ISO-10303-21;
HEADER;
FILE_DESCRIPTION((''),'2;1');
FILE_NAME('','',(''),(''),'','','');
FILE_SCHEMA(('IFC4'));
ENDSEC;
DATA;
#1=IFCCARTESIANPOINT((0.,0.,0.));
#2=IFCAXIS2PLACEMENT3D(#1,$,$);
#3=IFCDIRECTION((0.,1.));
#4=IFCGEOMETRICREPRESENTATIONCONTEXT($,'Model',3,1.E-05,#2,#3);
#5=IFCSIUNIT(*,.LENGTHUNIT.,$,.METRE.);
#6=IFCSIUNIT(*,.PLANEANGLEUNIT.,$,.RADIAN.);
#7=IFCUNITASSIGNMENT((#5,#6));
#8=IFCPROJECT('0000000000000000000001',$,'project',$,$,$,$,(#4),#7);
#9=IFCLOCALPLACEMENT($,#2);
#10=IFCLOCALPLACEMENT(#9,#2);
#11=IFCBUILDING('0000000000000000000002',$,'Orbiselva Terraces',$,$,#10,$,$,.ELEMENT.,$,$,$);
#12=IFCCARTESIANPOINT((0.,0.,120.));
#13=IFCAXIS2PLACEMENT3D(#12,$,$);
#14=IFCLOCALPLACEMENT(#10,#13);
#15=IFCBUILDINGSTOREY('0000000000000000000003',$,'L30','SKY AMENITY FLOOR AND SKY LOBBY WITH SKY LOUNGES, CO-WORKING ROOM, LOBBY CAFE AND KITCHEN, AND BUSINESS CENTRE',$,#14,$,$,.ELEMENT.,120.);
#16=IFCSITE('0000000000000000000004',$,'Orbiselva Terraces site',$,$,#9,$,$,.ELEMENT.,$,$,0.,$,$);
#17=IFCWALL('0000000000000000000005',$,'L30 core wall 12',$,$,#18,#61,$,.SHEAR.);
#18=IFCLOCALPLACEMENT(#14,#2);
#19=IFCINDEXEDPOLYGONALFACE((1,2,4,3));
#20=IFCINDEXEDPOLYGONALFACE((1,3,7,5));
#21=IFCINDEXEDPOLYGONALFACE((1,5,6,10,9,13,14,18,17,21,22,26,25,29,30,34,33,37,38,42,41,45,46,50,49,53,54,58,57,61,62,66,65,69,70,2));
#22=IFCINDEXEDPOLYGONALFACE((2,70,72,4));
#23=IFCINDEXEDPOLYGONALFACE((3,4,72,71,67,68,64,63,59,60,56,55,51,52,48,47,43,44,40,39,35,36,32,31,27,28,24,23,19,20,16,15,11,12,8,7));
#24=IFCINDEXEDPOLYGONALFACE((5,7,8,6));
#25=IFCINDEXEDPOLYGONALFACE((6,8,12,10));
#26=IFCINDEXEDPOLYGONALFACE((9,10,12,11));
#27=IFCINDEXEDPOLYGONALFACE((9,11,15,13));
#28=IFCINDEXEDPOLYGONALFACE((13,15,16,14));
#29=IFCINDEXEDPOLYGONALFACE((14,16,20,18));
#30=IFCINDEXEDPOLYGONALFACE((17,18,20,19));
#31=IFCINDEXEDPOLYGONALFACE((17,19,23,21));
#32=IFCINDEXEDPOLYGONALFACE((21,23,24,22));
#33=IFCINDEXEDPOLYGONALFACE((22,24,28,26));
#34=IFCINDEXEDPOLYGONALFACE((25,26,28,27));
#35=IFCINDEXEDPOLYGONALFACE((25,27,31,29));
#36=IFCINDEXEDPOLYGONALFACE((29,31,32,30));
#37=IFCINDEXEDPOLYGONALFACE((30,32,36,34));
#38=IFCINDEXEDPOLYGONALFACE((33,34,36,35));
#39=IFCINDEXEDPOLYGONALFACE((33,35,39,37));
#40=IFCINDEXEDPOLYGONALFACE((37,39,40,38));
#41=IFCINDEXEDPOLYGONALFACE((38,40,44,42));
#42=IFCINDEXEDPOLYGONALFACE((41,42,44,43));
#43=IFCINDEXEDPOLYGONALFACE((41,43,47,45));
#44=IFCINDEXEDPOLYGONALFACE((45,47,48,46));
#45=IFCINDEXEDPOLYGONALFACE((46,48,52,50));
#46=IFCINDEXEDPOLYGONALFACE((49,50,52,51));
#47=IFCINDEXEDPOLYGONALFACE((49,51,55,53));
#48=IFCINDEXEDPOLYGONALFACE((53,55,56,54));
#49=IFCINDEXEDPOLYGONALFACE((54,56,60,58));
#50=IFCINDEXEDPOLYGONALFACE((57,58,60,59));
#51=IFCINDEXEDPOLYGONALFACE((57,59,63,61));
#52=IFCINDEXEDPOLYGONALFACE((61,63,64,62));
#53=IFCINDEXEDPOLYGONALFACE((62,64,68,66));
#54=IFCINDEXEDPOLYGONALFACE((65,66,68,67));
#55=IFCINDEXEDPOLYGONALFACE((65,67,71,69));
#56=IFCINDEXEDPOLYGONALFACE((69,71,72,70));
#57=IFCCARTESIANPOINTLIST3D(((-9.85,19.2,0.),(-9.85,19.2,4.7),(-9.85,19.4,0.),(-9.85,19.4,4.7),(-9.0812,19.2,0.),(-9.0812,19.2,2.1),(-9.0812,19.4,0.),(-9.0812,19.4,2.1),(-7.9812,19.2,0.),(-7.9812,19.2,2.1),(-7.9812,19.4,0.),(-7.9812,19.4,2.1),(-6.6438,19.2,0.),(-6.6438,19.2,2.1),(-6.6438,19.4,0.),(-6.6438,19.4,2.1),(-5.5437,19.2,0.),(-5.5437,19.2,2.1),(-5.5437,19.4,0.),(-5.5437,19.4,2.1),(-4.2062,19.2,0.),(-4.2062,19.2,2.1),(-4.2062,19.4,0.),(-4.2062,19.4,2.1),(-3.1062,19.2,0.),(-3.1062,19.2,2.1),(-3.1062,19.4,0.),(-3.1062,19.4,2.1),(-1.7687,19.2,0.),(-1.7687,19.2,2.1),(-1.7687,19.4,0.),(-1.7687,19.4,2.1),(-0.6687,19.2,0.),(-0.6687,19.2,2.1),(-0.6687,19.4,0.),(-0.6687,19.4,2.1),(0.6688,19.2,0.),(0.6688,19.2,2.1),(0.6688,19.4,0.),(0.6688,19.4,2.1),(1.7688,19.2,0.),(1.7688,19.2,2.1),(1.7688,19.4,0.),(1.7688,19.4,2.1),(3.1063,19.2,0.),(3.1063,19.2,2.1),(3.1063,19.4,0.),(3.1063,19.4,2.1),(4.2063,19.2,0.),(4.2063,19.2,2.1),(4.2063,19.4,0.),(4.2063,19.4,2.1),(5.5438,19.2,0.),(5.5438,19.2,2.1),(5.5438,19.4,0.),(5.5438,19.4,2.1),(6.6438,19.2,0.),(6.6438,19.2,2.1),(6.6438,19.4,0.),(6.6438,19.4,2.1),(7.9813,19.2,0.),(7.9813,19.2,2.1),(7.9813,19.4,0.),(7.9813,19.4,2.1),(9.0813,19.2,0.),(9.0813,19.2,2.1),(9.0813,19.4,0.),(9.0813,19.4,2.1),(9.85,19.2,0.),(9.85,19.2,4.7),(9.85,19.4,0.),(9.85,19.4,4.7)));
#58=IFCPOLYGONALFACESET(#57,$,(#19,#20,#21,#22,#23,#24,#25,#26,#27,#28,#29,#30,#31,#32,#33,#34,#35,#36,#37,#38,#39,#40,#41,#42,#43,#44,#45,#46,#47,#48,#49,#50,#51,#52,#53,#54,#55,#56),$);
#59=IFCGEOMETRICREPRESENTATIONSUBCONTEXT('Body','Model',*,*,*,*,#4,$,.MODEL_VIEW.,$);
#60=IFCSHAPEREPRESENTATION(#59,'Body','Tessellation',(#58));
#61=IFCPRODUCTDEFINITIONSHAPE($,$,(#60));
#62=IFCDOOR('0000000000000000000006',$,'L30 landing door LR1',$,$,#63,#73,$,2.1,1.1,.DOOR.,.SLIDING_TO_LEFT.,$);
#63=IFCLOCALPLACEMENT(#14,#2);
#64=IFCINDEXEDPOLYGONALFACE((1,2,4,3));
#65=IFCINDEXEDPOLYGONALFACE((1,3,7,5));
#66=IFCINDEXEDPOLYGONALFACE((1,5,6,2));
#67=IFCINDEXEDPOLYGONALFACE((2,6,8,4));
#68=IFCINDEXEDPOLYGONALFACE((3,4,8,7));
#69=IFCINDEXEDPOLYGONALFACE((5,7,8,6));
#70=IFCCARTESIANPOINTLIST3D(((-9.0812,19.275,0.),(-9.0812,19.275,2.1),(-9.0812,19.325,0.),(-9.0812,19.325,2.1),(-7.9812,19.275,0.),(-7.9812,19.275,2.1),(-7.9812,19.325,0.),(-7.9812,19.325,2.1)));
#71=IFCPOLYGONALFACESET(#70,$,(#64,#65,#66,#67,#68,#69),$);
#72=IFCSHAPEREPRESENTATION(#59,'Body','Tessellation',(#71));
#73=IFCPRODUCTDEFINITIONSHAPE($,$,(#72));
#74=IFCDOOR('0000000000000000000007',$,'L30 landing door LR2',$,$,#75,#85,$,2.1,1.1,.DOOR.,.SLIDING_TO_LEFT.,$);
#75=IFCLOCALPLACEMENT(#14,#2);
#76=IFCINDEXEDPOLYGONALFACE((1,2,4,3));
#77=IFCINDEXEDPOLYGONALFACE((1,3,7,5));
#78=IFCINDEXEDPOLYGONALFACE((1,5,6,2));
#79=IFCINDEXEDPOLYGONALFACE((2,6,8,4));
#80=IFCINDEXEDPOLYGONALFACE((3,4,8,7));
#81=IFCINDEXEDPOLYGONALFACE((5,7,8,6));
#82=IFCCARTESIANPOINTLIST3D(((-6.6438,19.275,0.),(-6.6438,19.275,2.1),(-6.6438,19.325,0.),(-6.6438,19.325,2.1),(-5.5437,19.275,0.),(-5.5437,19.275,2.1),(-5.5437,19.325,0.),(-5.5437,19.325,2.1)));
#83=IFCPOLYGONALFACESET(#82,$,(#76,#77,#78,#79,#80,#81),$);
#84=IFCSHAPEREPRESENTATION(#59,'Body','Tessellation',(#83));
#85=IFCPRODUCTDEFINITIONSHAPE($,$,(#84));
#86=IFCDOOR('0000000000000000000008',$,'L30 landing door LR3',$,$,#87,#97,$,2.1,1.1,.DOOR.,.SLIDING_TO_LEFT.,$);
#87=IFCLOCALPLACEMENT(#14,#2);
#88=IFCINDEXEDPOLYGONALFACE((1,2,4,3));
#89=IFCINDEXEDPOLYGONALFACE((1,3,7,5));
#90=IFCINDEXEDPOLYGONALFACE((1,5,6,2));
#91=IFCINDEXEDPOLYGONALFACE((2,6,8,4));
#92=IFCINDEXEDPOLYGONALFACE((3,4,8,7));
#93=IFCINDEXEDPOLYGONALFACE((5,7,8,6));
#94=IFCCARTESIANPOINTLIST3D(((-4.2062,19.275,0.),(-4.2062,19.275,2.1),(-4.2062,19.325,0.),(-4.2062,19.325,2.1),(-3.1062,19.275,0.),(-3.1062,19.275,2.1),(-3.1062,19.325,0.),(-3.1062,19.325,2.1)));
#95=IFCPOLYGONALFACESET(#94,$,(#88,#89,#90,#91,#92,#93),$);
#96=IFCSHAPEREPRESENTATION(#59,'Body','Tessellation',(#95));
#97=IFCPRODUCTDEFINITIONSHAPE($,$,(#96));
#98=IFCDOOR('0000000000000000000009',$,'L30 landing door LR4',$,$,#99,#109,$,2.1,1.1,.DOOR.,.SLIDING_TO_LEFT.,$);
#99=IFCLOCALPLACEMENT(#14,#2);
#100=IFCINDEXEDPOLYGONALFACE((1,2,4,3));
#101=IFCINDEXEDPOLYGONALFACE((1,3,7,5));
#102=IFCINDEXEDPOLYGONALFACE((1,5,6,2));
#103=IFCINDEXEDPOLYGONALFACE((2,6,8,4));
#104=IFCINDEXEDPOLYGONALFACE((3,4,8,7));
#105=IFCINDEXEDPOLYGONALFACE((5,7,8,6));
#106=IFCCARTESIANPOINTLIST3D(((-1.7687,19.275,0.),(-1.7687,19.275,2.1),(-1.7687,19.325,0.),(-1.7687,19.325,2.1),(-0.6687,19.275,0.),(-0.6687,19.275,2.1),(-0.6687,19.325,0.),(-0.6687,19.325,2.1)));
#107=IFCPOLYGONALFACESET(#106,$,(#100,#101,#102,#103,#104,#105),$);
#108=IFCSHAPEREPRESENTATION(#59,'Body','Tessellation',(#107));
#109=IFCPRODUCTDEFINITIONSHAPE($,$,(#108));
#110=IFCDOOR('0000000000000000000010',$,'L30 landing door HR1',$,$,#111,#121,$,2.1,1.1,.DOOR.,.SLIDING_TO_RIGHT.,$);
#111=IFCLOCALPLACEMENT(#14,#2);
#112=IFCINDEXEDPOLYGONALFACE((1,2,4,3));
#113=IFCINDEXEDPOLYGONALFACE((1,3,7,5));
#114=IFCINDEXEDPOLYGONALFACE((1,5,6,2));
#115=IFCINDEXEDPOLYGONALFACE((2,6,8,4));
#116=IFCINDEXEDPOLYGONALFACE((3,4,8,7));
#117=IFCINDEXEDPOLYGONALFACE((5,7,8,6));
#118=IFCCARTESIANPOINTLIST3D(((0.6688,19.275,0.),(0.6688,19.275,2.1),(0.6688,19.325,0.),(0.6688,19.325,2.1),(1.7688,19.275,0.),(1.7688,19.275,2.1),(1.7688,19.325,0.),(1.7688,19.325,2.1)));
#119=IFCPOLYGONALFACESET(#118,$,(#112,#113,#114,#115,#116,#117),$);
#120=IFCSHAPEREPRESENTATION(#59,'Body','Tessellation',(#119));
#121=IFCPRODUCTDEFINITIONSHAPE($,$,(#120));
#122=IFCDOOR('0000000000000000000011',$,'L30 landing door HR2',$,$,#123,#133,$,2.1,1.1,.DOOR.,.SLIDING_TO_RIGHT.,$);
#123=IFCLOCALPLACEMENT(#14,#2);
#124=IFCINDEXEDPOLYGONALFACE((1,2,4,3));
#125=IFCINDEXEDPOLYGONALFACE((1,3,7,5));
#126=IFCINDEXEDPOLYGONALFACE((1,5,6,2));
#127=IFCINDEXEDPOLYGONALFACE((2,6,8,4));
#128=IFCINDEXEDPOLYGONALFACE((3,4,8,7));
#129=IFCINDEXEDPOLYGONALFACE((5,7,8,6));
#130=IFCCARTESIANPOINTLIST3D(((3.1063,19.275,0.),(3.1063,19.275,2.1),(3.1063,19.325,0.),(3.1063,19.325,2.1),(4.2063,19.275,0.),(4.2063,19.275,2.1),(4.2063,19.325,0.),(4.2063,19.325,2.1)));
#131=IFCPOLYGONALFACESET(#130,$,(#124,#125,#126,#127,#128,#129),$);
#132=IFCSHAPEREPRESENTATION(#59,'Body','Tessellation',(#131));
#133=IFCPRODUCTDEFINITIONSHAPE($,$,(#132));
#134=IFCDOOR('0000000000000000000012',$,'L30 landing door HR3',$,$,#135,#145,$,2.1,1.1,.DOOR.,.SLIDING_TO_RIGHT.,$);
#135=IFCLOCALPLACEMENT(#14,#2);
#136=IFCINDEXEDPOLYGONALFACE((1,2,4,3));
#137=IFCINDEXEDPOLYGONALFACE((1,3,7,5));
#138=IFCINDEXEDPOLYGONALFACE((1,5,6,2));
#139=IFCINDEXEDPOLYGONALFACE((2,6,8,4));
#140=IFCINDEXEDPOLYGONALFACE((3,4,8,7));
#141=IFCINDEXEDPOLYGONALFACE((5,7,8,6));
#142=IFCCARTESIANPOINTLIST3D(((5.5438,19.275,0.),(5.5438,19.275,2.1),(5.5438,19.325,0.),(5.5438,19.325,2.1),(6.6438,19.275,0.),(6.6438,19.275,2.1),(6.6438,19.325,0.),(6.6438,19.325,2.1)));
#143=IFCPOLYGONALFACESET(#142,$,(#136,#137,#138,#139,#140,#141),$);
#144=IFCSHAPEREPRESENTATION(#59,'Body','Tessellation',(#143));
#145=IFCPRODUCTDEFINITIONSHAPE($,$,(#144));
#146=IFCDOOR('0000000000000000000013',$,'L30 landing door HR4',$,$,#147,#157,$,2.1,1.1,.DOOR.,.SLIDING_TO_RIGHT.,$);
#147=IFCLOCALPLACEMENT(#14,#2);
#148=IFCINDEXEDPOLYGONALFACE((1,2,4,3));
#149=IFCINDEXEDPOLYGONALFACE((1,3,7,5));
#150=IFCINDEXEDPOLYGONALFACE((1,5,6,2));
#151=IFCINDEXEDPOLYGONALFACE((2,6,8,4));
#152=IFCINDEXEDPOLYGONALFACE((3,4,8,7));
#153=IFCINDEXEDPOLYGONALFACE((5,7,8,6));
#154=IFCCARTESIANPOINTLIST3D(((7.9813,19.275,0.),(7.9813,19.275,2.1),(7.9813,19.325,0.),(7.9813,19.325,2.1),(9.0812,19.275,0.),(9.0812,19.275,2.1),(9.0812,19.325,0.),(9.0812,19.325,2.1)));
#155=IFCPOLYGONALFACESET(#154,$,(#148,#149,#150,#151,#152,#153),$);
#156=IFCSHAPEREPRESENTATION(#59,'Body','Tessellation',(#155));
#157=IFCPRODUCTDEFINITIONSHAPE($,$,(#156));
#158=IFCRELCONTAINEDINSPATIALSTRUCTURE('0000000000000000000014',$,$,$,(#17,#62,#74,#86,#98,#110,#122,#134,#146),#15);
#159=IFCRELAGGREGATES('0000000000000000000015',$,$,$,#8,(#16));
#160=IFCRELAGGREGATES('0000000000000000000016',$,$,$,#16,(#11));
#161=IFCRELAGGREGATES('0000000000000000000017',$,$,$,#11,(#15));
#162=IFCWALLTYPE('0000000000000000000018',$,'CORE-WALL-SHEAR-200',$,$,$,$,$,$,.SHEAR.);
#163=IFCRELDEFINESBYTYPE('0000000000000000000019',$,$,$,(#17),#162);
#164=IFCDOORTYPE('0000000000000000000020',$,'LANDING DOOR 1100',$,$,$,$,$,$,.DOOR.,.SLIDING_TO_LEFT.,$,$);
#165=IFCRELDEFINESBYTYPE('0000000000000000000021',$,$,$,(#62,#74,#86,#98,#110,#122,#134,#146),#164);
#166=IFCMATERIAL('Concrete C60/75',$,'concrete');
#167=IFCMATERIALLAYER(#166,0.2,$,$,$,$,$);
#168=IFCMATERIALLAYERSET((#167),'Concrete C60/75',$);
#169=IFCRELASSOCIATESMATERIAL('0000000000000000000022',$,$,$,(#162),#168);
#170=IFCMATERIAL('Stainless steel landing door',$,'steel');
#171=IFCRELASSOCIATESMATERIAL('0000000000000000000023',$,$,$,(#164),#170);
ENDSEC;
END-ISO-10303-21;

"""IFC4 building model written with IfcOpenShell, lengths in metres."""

from ifc_helpers import new_model, si_unit, direction, frame, frame_2d, origin, place, context, subcontext, project, spatial, rectangle, extrude, material, layer, layer_set, type_object, element, fill, save


model = new_model("IFC4")

# Units and contexts
model_context = context("Model", 3, precision=1e-05, world=origin(), true_north=direction((0.0, 1.0)))
body_context = subcontext(model_context, "Body", "Model", "MODEL_VIEW")
ifc_project = project(units=[si_unit("LENGTHUNIT", "METRE"), si_unit("PLANEANGLEUNIT", "RADIAN")], contexts=[model_context])

# Site, building, storey
site_placement = place(None, origin())
site = spatial("IfcSite", under=ifc_project, at=site_placement, Name="Orbiselva Terraces site", CompositionType="ELEMENT", RefElevation=0.0)
building_placement = place(site_placement, origin())
building = spatial("IfcBuilding", under=site, at=building_placement, Name="Orbiselva Terraces", CompositionType="ELEMENT")
storey_placement = place(building_placement, frame((0.0, 0.0, 120.0)))
storey = spatial("IfcBuildingStorey", under=building, at=storey_placement, Name="L30", Description="SKY AMENITY FLOOR AND SKY LOBBY WITH SKY LOUNGES, CO-WORKING ROOM, LOBBY CAFE AND KITCHEN, AND BUSINESS CENTRE", CompositionType="ELEMENT", Elevation=120.0)

# Shared definitions
ifc_material_1 = material(Name="Concrete C60/75", Category="concrete")
ifc_layer_1 = layer(ifc_material_1, 0.2)
ifc_layer_set_1 = layer_set([ifc_layer_1], Name="Concrete C60/75")
wall_type_1 = type_object("IfcWallType", Name="CORE-WALL-SHEAR-200", PredefinedType="SHEAR", material=ifc_layer_set_1)

# Wall, openings, doors
wall_1_placement = place(storey_placement, frame((-9.85, 19.3, 0.0), z_axis=(0.0, 0.0, 1.0), x_axis=(1.0, 0.0, 0.0)))
wall_1 = element("IfcWall", 1, at=wall_1_placement, inside=storey, type_object=wall_type_1, Name="L30 core wall 12", PredefinedType="SHEAR", context=body_context, shape_type="SweptSolid", body=[
    extrude(rectangle(XDim=19.7, YDim=0.2, at=frame_2d((9.85, 0.0))), origin(), (0.0, 0.0, 1.0), 4.7),
])
opening_1_placement = place(wall_1_placement, frame((0.7688, 0.0, 0.0)))
opening_1 = element("IfcOpeningElement", 2, at=opening_1_placement, cuts=wall_1, PredefinedType="OPENING", context=body_context, shape_type="SweptSolid", body=[
    extrude(rectangle(XDim=1.1, YDim=2.1, at=frame_2d((0.55, 1.05))), frame((0.0, 0.11, 0.0), z_axis=(0.0, -1.0, 0.0), x_axis=(1.0, 0.0, 0.0)), (0.0, 0.0, 1.0), 0.22),
])
opening_2_placement = place(wall_1_placement, frame((3.2062, 0.0, 0.0)))
opening_2 = element("IfcOpeningElement", 3, at=opening_2_placement, cuts=wall_1, PredefinedType="OPENING", context=body_context, shape_type="SweptSolid", body=[
    extrude(rectangle(XDim=1.1, YDim=2.1, at=frame_2d((0.55, 1.05))), frame((0.0, 0.11, 0.0), z_axis=(0.0, -1.0, 0.0), x_axis=(1.0, 0.0, 0.0)), (0.0, 0.0, 1.0), 0.22),
])
opening_3_placement = place(wall_1_placement, frame((5.6437, 0.0, 0.0)))
opening_3 = element("IfcOpeningElement", 4, at=opening_3_placement, cuts=wall_1, PredefinedType="OPENING", context=body_context, shape_type="SweptSolid", body=[
    extrude(rectangle(XDim=1.1, YDim=2.1, at=frame_2d((0.55, 1.05))), frame((0.0, 0.11, 0.0), z_axis=(0.0, -1.0, 0.0), x_axis=(1.0, 0.0, 0.0)), (0.0, 0.0, 1.0), 0.22),
])
opening_4_placement = place(wall_1_placement, frame((8.0813, 0.0, 0.0)))
opening_4 = element("IfcOpeningElement", 5, at=opening_4_placement, cuts=wall_1, PredefinedType="OPENING", context=body_context, shape_type="SweptSolid", body=[
    extrude(rectangle(XDim=1.1, YDim=2.1, at=frame_2d((0.55, 1.05))), frame((0.0, 0.11, 0.0), z_axis=(0.0, -1.0, 0.0), x_axis=(1.0, 0.0, 0.0)), (0.0, 0.0, 1.0), 0.22),
])
opening_5_placement = place(wall_1_placement, frame((10.5188, 0.0, 0.0)))
opening_5 = element("IfcOpeningElement", 6, at=opening_5_placement, cuts=wall_1, PredefinedType="OPENING", context=body_context, shape_type="SweptSolid", body=[
    extrude(rectangle(XDim=1.1, YDim=2.1, at=frame_2d((0.55, 1.05))), frame((0.0, 0.11, 0.0), z_axis=(0.0, -1.0, 0.0), x_axis=(1.0, 0.0, 0.0)), (0.0, 0.0, 1.0), 0.22),
])
opening_6_placement = place(wall_1_placement, frame((12.9563, 0.0, 0.0)))
opening_6 = element("IfcOpeningElement", 7, at=opening_6_placement, cuts=wall_1, PredefinedType="OPENING", context=body_context, shape_type="SweptSolid", body=[
    extrude(rectangle(XDim=1.1, YDim=2.1, at=frame_2d((0.55, 1.05))), frame((0.0, 0.11, 0.0), z_axis=(0.0, -1.0, 0.0), x_axis=(1.0, 0.0, 0.0)), (0.0, 0.0, 1.0), 0.22),
])
opening_7_placement = place(wall_1_placement, frame((15.3938, 0.0, 0.0)))
opening_7 = element("IfcOpeningElement", 8, at=opening_7_placement, cuts=wall_1, PredefinedType="OPENING", context=body_context, shape_type="SweptSolid", body=[
    extrude(rectangle(XDim=1.1, YDim=2.1, at=frame_2d((0.55, 1.05))), frame((0.0, 0.11, 0.0), z_axis=(0.0, -1.0, 0.0), x_axis=(1.0, 0.0, 0.0)), (0.0, 0.0, 1.0), 0.22),
])
opening_8_placement = place(wall_1_placement, frame((17.8313, 0.0, 0.0)))
opening_8 = element("IfcOpeningElement", 9, at=opening_8_placement, cuts=wall_1, PredefinedType="OPENING", context=body_context, shape_type="SweptSolid", body=[
    extrude(rectangle(XDim=1.1, YDim=2.1, at=frame_2d((0.55, 1.05))), frame((0.0, 0.11, 0.0), z_axis=(0.0, -1.0, 0.0), x_axis=(1.0, 0.0, 0.0)), (0.0, 0.0, 1.0), 0.22),
])
ifc_material_2 = material(Name="Stainless steel landing door", Category="steel")
door_type_1 = type_object("IfcDoorType", Name="LANDING DOOR 1100", OperationType="SLIDING_TO_LEFT", PredefinedType="DOOR", material=ifc_material_2)
door_1_placement = place(opening_1_placement, origin())
door_1 = element("IfcDoor", 10, at=door_1_placement, inside=storey, type_object=door_type_1, Name="L30 landing door LR1", OperationType="SLIDING_TO_LEFT", OverallHeight=2.1, OverallWidth=1.1, PredefinedType="DOOR", context=body_context, shape_type="SweptSolid", body=[
    extrude(rectangle(XDim=1.1, YDim=2.1, at=frame_2d((0.55, 1.05))), frame((0.0, 0.025, 0.0), z_axis=(0.0, -1.0, 0.0), x_axis=(1.0, 0.0, 0.0)), (0.0, 0.0, 1.0), 0.05),
])
fill(opening_1, door_1)
door_2_placement = place(opening_2_placement, origin())
door_2 = element("IfcDoor", 11, at=door_2_placement, inside=storey, type_object=door_type_1, Name="L30 landing door LR2", OperationType="SLIDING_TO_LEFT", OverallHeight=2.1, OverallWidth=1.1, PredefinedType="DOOR", context=body_context, shape_type="SweptSolid", body=[
    extrude(rectangle(XDim=1.1, YDim=2.1, at=frame_2d((0.55, 1.05))), frame((0.0, 0.025, 0.0), z_axis=(0.0, -1.0, 0.0), x_axis=(1.0, 0.0, 0.0)), (0.0, 0.0, 1.0), 0.05),
])
fill(opening_2, door_2)
door_3_placement = place(opening_3_placement, origin())
door_3 = element("IfcDoor", 12, at=door_3_placement, inside=storey, type_object=door_type_1, Name="L30 landing door LR3", OperationType="SLIDING_TO_LEFT", OverallHeight=2.1, OverallWidth=1.1, PredefinedType="DOOR", context=body_context, shape_type="SweptSolid", body=[
    extrude(rectangle(XDim=1.1, YDim=2.1, at=frame_2d((0.55, 1.05))), frame((0.0, 0.025, 0.0), z_axis=(0.0, -1.0, 0.0), x_axis=(1.0, 0.0, 0.0)), (0.0, 0.0, 1.0), 0.05),
])
fill(opening_3, door_3)
door_4_placement = place(opening_4_placement, origin())
door_4 = element("IfcDoor", 13, at=door_4_placement, inside=storey, type_object=door_type_1, Name="L30 landing door LR4", OperationType="SLIDING_TO_LEFT", OverallHeight=2.1, OverallWidth=1.1, PredefinedType="DOOR", context=body_context, shape_type="SweptSolid", body=[
    extrude(rectangle(XDim=1.1, YDim=2.1, at=frame_2d((0.55, 1.05))), frame((0.0, 0.025, 0.0), z_axis=(0.0, -1.0, 0.0), x_axis=(1.0, 0.0, 0.0)), (0.0, 0.0, 1.0), 0.05),
])
fill(opening_4, door_4)
door_5_placement = place(opening_5_placement, origin())
door_5 = element("IfcDoor", 14, at=door_5_placement, inside=storey, type_object=door_type_1, Name="L30 landing door HR1", OperationType="SLIDING_TO_RIGHT", OverallHeight=2.1, OverallWidth=1.1, PredefinedType="DOOR", context=body_context, shape_type="SweptSolid", body=[
    extrude(rectangle(XDim=1.1, YDim=2.1, at=frame_2d((0.55, 1.05))), frame((0.0, 0.025, 0.0), z_axis=(0.0, -1.0, 0.0), x_axis=(1.0, 0.0, 0.0)), (0.0, 0.0, 1.0), 0.05),
])
fill(opening_5, door_5)
door_6_placement = place(opening_6_placement, origin())
door_6 = element("IfcDoor", 15, at=door_6_placement, inside=storey, type_object=door_type_1, Name="L30 landing door HR2", OperationType="SLIDING_TO_RIGHT", OverallHeight=2.1, OverallWidth=1.1, PredefinedType="DOOR", context=body_context, shape_type="SweptSolid", body=[
    extrude(rectangle(XDim=1.1, YDim=2.1, at=frame_2d((0.55, 1.05))), frame((0.0, 0.025, 0.0), z_axis=(0.0, -1.0, 0.0), x_axis=(1.0, 0.0, 0.0)), (0.0, 0.0, 1.0), 0.05),
])
fill(opening_6, door_6)
door_7_placement = place(opening_7_placement, origin())
door_7 = element("IfcDoor", 16, at=door_7_placement, inside=storey, type_object=door_type_1, Name="L30 landing door HR3", OperationType="SLIDING_TO_RIGHT", OverallHeight=2.1, OverallWidth=1.1, PredefinedType="DOOR", context=body_context, shape_type="SweptSolid", body=[
    extrude(rectangle(XDim=1.1, YDim=2.1, at=frame_2d((0.55, 1.05))), frame((0.0, 0.025, 0.0), z_axis=(0.0, -1.0, 0.0), x_axis=(1.0, 0.0, 0.0)), (0.0, 0.0, 1.0), 0.05),
])
fill(opening_7, door_7)
door_8_placement = place(opening_8_placement, origin())
door_8 = element("IfcDoor", 17, at=door_8_placement, inside=storey, type_object=door_type_1, Name="L30 landing door HR4", OperationType="SLIDING_TO_RIGHT", OverallHeight=2.1, OverallWidth=1.1, PredefinedType="DOOR", context=body_context, shape_type="SweptSolid", body=[
    extrude(rectangle(XDim=1.1, YDim=2.1, at=frame_2d((0.55, 1.05))), frame((0.0, 0.025, 0.0), z_axis=(0.0, -1.0, 0.0), x_axis=(1.0, 0.0, 0.0)), (0.0, 0.0, 1.0), 0.05),
])
fill(opening_8, door_8)

save(model, "model.ifc")
